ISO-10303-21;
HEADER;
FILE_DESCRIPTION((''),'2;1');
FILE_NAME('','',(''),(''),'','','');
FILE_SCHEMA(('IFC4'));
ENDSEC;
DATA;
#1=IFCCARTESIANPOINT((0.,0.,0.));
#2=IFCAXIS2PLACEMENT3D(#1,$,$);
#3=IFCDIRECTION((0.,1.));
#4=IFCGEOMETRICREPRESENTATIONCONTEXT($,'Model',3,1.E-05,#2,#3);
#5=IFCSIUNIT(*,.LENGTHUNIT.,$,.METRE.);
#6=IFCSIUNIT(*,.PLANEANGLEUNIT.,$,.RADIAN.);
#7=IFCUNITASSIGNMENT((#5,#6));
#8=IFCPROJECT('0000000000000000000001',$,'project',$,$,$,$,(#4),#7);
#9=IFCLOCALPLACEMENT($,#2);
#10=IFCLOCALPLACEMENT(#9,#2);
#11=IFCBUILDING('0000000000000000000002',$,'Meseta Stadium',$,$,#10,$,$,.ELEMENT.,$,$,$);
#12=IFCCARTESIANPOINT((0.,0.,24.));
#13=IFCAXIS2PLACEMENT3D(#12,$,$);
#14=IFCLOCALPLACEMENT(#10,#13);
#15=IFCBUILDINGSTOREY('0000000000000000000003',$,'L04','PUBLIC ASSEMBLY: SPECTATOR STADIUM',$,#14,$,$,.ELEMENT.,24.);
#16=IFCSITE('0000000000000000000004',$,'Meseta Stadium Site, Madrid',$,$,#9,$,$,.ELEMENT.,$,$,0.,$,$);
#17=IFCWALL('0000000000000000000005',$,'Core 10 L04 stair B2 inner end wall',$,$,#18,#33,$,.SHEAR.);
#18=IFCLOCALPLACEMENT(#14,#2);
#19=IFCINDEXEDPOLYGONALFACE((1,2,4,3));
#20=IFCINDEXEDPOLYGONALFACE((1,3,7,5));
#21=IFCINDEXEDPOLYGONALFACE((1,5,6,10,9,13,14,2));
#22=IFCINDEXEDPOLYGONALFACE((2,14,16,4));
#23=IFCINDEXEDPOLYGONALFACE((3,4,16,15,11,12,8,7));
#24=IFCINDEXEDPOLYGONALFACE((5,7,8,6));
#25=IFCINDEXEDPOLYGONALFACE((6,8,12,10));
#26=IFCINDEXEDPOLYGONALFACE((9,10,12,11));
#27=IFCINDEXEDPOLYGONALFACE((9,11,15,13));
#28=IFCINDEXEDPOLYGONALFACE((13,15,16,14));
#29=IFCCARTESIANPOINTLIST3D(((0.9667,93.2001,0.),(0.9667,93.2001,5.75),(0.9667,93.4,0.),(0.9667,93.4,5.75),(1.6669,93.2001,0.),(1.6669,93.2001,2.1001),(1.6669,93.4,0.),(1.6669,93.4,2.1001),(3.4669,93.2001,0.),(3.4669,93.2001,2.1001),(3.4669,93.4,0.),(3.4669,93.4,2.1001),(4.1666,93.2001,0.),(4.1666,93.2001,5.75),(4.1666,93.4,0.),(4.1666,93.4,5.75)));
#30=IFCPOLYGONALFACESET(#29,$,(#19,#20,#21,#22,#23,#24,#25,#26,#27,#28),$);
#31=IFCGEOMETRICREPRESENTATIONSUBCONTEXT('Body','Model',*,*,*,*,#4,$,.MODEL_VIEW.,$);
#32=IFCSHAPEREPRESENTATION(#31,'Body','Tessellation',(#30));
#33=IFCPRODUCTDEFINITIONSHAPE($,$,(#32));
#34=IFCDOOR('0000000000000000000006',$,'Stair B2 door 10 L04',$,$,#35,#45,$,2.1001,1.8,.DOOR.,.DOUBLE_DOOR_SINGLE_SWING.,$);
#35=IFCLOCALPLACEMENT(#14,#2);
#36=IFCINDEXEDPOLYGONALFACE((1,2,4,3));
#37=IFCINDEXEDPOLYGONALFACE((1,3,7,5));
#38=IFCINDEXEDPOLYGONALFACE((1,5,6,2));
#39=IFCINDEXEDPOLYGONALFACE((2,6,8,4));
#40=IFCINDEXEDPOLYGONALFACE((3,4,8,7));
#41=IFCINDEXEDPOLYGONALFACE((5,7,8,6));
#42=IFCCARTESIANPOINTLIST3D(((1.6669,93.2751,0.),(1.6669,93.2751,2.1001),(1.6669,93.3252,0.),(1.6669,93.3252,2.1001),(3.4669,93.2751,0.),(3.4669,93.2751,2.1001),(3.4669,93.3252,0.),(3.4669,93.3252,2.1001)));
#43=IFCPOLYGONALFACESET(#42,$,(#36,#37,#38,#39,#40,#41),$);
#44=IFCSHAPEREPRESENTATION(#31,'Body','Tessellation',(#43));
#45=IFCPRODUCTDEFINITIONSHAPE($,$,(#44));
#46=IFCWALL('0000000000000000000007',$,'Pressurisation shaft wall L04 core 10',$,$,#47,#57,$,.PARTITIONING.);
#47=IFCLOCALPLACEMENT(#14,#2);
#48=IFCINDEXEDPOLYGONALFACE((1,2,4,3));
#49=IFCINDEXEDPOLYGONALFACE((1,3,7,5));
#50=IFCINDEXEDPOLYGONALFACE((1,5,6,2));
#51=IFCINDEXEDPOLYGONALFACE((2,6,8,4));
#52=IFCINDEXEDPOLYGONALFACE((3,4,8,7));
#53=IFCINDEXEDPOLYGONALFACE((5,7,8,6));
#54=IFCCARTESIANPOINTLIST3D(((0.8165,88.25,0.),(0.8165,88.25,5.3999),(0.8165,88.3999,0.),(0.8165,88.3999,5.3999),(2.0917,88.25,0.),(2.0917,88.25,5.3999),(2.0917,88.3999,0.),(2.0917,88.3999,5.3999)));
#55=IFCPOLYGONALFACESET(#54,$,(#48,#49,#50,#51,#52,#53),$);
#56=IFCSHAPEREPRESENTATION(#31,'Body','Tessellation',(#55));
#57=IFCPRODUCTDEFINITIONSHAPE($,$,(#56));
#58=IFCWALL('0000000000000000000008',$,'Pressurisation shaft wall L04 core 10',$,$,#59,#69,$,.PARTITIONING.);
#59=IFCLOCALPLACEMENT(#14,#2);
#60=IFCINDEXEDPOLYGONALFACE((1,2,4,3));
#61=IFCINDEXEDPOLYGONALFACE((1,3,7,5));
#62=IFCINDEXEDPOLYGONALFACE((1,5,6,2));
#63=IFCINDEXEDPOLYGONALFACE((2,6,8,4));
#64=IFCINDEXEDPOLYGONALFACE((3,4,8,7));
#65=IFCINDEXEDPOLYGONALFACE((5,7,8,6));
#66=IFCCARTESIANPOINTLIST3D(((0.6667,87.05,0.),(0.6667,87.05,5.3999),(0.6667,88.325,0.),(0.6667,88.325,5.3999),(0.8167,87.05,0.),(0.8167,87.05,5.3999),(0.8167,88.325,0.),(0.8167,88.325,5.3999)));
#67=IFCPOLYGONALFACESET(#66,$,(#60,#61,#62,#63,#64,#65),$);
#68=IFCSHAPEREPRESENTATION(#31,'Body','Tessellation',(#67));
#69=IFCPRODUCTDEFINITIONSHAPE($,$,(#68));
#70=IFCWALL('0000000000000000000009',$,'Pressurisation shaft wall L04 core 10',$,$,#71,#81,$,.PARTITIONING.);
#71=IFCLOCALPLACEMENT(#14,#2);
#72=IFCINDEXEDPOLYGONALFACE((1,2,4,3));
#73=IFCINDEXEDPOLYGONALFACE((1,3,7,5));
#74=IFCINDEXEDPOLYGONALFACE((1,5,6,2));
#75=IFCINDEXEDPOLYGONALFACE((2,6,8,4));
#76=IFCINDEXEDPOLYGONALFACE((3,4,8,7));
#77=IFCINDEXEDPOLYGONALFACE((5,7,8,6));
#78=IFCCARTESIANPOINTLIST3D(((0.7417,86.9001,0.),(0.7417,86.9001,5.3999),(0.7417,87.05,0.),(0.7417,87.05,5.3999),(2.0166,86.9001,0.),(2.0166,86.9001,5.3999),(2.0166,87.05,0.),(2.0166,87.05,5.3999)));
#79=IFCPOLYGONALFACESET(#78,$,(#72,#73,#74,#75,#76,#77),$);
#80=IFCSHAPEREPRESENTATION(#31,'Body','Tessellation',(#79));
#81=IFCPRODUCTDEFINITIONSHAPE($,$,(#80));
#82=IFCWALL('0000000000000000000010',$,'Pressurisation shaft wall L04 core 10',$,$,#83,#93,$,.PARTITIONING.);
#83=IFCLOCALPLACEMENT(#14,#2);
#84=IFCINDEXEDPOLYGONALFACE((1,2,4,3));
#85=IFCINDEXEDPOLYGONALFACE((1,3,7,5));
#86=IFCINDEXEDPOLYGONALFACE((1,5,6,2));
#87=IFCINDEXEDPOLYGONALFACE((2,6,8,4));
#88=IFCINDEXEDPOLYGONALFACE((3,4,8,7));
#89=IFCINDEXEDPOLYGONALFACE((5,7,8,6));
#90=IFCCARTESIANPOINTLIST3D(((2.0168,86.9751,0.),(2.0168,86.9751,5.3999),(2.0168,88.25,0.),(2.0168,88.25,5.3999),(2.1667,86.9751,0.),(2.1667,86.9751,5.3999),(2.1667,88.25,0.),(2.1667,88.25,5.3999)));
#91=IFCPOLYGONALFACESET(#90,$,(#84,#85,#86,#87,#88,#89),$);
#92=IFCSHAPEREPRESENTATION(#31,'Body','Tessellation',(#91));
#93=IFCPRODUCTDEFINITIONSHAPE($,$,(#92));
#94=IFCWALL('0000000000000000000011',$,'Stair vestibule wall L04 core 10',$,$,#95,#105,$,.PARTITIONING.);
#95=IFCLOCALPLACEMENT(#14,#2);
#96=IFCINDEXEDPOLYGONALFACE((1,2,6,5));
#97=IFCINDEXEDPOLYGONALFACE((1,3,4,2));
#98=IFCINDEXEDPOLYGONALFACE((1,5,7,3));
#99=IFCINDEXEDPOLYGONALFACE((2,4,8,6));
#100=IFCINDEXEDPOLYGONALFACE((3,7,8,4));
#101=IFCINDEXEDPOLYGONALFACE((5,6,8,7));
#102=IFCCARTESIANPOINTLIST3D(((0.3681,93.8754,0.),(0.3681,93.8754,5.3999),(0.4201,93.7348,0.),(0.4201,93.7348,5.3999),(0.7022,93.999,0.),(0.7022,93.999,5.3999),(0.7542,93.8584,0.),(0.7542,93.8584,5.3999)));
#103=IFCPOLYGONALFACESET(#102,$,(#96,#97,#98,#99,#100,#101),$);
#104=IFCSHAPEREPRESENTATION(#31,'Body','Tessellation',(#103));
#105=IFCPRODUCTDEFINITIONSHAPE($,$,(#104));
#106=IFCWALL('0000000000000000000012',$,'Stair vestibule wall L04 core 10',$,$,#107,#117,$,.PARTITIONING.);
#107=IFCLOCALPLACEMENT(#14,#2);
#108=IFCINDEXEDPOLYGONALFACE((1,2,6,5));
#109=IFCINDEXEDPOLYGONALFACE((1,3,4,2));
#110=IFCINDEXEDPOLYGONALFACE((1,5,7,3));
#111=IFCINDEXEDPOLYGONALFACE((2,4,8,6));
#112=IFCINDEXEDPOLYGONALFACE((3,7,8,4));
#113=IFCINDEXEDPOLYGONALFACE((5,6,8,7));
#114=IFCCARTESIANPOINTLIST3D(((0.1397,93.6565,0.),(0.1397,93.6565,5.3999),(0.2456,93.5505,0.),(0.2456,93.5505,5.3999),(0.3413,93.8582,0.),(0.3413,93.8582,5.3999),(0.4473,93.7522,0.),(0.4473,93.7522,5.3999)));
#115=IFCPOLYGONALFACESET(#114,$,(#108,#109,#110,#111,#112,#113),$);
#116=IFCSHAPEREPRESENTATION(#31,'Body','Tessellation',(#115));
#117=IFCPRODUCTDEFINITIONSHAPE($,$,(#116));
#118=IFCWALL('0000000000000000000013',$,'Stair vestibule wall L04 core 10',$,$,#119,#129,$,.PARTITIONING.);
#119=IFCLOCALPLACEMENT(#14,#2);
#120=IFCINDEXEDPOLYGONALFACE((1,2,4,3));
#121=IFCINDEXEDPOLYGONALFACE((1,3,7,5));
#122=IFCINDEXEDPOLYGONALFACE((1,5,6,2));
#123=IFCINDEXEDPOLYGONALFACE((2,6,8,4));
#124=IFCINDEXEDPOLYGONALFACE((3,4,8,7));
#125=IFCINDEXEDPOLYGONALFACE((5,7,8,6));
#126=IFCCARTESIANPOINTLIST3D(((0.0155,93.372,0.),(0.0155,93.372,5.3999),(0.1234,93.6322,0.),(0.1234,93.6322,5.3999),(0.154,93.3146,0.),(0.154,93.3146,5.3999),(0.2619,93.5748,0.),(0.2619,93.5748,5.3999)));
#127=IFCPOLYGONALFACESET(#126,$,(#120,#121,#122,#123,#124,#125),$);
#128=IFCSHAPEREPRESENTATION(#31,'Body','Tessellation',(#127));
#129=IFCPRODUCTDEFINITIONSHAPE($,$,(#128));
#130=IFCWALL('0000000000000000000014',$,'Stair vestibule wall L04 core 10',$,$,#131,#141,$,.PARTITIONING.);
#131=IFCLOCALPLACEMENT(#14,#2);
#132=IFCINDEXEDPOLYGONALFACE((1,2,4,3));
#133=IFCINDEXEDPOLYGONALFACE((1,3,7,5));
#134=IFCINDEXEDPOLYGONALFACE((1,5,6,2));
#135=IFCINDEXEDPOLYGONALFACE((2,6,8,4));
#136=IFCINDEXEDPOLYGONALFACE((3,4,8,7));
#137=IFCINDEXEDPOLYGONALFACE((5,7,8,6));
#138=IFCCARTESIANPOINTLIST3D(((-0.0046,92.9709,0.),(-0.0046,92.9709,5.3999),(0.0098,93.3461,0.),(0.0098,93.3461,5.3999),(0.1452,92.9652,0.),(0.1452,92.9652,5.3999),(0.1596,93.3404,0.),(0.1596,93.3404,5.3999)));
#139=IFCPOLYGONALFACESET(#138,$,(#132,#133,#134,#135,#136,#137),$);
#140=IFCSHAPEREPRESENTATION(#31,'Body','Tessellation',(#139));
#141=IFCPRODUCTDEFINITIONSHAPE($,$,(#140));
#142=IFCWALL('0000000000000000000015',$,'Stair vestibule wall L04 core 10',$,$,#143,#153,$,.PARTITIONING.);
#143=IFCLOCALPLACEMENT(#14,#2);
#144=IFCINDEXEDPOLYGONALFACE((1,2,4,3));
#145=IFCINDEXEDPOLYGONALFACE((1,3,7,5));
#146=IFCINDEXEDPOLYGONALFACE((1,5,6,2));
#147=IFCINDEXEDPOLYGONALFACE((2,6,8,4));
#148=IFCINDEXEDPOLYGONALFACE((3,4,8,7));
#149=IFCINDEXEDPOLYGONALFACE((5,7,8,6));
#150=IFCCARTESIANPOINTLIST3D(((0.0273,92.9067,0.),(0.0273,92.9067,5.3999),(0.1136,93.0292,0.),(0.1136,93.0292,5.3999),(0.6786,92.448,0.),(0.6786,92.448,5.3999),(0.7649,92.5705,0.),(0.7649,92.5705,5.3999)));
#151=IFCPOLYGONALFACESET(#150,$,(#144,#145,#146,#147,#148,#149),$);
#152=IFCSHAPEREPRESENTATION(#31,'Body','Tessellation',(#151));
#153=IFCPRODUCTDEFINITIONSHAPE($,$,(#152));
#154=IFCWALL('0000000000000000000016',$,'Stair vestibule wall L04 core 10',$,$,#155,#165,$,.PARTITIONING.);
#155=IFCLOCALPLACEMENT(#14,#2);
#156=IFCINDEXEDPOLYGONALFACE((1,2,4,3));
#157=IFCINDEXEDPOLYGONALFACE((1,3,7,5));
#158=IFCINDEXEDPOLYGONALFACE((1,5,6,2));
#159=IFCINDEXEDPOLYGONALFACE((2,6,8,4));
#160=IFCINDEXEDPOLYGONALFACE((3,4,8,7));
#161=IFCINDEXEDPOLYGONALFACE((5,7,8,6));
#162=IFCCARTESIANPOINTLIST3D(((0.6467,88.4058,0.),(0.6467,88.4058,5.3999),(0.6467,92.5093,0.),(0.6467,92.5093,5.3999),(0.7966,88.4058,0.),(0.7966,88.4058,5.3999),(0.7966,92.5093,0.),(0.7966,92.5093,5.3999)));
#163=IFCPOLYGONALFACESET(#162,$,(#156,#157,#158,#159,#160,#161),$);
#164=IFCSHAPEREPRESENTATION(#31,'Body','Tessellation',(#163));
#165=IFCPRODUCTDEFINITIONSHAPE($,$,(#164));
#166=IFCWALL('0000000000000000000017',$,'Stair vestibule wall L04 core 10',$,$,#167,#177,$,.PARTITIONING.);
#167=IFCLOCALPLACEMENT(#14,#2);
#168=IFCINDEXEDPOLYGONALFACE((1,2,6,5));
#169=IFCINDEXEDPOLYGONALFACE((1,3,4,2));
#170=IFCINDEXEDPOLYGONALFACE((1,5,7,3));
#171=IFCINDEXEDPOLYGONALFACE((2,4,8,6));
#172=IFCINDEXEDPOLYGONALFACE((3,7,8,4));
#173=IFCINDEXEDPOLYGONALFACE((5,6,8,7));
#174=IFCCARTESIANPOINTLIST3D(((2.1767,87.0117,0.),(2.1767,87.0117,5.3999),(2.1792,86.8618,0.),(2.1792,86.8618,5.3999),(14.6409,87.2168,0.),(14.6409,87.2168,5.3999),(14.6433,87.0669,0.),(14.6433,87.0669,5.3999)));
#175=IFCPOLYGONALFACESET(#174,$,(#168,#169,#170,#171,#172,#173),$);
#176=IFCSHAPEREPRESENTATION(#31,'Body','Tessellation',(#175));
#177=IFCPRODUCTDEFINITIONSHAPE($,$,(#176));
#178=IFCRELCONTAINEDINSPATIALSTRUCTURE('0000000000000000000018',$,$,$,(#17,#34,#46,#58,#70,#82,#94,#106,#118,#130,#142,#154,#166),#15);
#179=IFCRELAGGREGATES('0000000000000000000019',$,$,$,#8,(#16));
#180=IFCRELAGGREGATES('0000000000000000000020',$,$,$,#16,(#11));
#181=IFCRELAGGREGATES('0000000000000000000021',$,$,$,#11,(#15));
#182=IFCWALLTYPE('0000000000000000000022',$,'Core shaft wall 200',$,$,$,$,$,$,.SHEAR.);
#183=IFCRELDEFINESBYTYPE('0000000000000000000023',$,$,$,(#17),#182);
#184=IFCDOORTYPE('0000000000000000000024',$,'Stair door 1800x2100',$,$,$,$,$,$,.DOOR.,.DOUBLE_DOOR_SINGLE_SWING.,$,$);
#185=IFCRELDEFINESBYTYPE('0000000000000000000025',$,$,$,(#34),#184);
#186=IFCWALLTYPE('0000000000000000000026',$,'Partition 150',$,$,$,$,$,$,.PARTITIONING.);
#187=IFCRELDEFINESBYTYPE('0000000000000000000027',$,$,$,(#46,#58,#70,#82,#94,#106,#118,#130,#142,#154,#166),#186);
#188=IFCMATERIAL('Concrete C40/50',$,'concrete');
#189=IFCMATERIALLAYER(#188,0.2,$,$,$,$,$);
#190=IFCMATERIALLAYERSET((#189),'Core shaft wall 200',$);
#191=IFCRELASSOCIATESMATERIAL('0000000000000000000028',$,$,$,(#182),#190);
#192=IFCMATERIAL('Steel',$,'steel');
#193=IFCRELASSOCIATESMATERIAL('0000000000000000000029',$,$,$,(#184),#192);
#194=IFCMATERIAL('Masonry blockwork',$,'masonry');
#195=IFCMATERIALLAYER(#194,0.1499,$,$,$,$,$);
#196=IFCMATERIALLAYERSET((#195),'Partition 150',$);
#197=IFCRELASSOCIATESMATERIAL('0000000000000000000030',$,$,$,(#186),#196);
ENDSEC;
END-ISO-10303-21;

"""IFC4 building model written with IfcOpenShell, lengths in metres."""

from ifc_helpers import new_model, si_unit, direction, frame, frame_2d, origin, place, context, subcontext, project, spatial, rectangle, extrude, material, layer, layer_set, type_object, element, fill, save


model = new_model("IFC4")

# Units and contexts
model_context = context("Model", 3, precision=1e-05, world=origin(), true_north=direction((0.0, 1.0)))
body_context = subcontext(model_context, "Body", "Model", "MODEL_VIEW")
ifc_project = project(units=[si_unit("LENGTHUNIT", "METRE"), si_unit("PLANEANGLEUNIT", "RADIAN")], contexts=[model_context])

# Site, building, storey
site_placement = place(None, origin())
site = spatial("IfcSite", under=ifc_project, at=site_placement, Name="Meseta Stadium Site, Madrid", CompositionType="ELEMENT", RefElevation=0.0)
building_placement = place(site_placement, origin())
building = spatial("IfcBuilding", under=site, at=building_placement, Name="Meseta Stadium", CompositionType="ELEMENT")
storey_placement = place(building_placement, frame((0.0, 0.0, 24.0)))
storey = spatial("IfcBuildingStorey", under=building, at=storey_placement, Name="L04", Description="PUBLIC ASSEMBLY: SPECTATOR STADIUM", CompositionType="ELEMENT", Elevation=24.0)

# Wall, opening, door
ifc_material_1 = material(Name="Concrete C40/50", Category="concrete")
ifc_layer_1 = layer(ifc_material_1, 0.2)
ifc_layer_set_1 = layer_set([ifc_layer_1], Name="Core shaft wall 200")
wall_type_1 = type_object("IfcWallType", Name="Core shaft wall 200", PredefinedType="SHEAR", material=ifc_layer_set_1)
wall_1_placement = place(storey_placement, frame((4.1667, 93.3, 0.0), z_axis=(0.0, 0.0, 1.0), x_axis=(-1.0, 0.0, 0.0)))
wall_1 = element("IfcWall", 1, at=wall_1_placement, inside=storey, type_object=wall_type_1, Name="Core 10 L04 stair B2 inner end wall", PredefinedType="SHEAR", context=body_context, shape_type="SweptSolid", body=[
    extrude(rectangle(XDim=3.2, YDim=0.2, at=frame_2d((1.6001, 0.0))), origin(), (0.0, 0.0, 1.0), 5.75),
])
opening_placement = place(wall_1_placement, frame((0.7, 0.0, 0.0)))
opening = element("IfcOpeningElement", 2, at=opening_placement, cuts=wall_1, PredefinedType="OPENING", context=body_context, shape_type="SweptSolid", body=[
    extrude(rectangle(XDim=1.8, YDim=2.1001, at=frame_2d((0.8999, 1.05))), frame((0.0, 0.1099, 0.0), z_axis=(0.0, -1.0, 0.0), x_axis=(1.0, 0.0, 0.0)), (0.0, 0.0, 1.0), 0.22),
])
ifc_material_2 = material(Name="Steel", Category="steel")
door_type = type_object("IfcDoorType", Name="Stair door 1800x2100", OperationType="DOUBLE_DOOR_SINGLE_SWING", PredefinedType="DOOR", material=ifc_material_2)
door_placement = place(opening_placement, origin())
door = element("IfcDoor", 3, at=door_placement, inside=storey, type_object=door_type, Name="Stair B2 door 10 L04", OperationType="DOUBLE_DOOR_SINGLE_SWING", OverallHeight=2.1001, OverallWidth=1.8, PredefinedType="DOOR", context=body_context, shape_type="SweptSolid", body=[
    extrude(rectangle(XDim=1.8, YDim=2.1001, at=frame_2d((0.8999, 1.05))), frame((0.0, 0.0249, 0.0), z_axis=(0.0, -1.0, 0.0), x_axis=(1.0, 0.0, 0.0)), (0.0, 0.0, 1.0), 0.05),
])
fill(opening, door)

# Walls
ifc_material_3 = material(Name="Masonry blockwork", Category="masonry")
ifc_layer_2 = layer(ifc_material_3, 0.1499)
ifc_layer_set_2 = layer_set([ifc_layer_2], Name="Partition 150")
wall_type_2 = type_object("IfcWallType", Name="Partition 150", PredefinedType="PARTITIONING", material=ifc_layer_set_2)
wall_2_placement = place(storey_placement, frame((2.0918, 88.325, 0.0), z_axis=(0.0, 0.0, 1.0), x_axis=(-1.0, 0.0, 0.0)))
element("IfcWall", 4, at=wall_2_placement, inside=storey, type_object=wall_type_2, Name="Pressurisation shaft wall L04 core 10", PredefinedType="PARTITIONING", context=body_context, shape_type="SweptSolid", body=[
    extrude(rectangle(XDim=1.2751, YDim=0.1499, at=frame_2d((0.6377, 0.0))), origin(), (0.0, 0.0, 1.0), 5.3999),
])
for number, where, z_axis, x_axis, name in (
    (5, (0.7417, 88.325, 0.0), (0.0, 0.0, 1.0), (0.0, -1.0, 0.0), "Pressurisation shaft wall L04 core 10"),
    (6, (0.7417, 86.9751, 0.0), (0.0, 0.0, 1.0), (1.0, 0.0, 0.0), "Pressurisation shaft wall L04 core 10"),
    (7, (2.0918, 86.9751, 0.0), (0.0, 0.0, 1.0), (0.0, 1.0, 0.0), "Pressurisation shaft wall L04 core 10"),
):
    element("IfcWall", number, at=place(storey_placement, frame(where, z_axis=z_axis, x_axis=x_axis)), inside=storey, type_object=wall_type_2, Name=name, PredefinedType="PARTITIONING", context=body_context, shape_type="SweptSolid", body=[
        extrude(rectangle(XDim=1.2749, YDim=0.1499, at=frame_2d((0.6375, 0.0))), origin(), (0.0, 0.0, 1.0), 5.3999),
    ])
wall_3_placement = place(storey_placement, frame((0.7283, 93.9287, 0.0), z_axis=(0.0, 0.0, 1.0), x_axis=(-0.937898, -0.346912, 0.0)))
element("IfcWall", 8, at=wall_3_placement, inside=storey, type_object=wall_type_2, Name="Stair vestibule wall L04 core 10", PredefinedType="PARTITIONING", context=body_context, shape_type="SweptSolid", body=[
    extrude(rectangle(XDim=0.3562, YDim=0.1499, at=frame_2d((0.1782, 0.0))), origin(), (0.0, 0.0, 1.0), 5.3999),
])
wall_4_placement = place(storey_placement, frame((0.3943, 93.8052, 0.0), z_axis=(0.0, 0.0, 1.0), x_axis=(-0.707107, -0.707107, 0.0)))
element("IfcWall", 9, at=wall_4_placement, inside=storey, type_object=wall_type_2, Name="Stair vestibule wall L04 core 10", PredefinedType="PARTITIONING", context=body_context, shape_type="SweptSolid", body=[
    extrude(rectangle(XDim=0.2852, YDim=0.1499, at=frame_2d((0.1426, 0.0))), origin(), (0.0, 0.0, 1.0), 5.3999),
])
wall_5_placement = place(storey_placement, frame((0.1926, 93.6035, 0.0), z_axis=(0.0, 0.0, 1.0), x_axis=(-0.383015, -0.923742, 0.0)))
element("IfcWall", 10, at=wall_5_placement, inside=storey, type_object=wall_type_2, Name="Stair vestibule wall L04 core 10", PredefinedType="PARTITIONING", context=body_context, shape_type="SweptSolid", body=[
    extrude(rectangle(XDim=0.2817, YDim=0.1499, at=frame_2d((0.1409, 0.0))), origin(), (0.0, 0.0, 1.0), 5.3999),
])
wall_6_placement = place(storey_placement, frame((0.0847, 93.3433, 0.0), z_axis=(0.0, 0.0, 1.0), x_axis=(-0.038358, -0.999264, 0.0)))
element("IfcWall", 11, at=wall_6_placement, inside=storey, type_object=wall_type_2, Name="Stair vestibule wall L04 core 10", PredefinedType="PARTITIONING", context=body_context, shape_type="SweptSolid", body=[
    extrude(rectangle(XDim=0.3755, YDim=0.1499, at=frame_2d((0.1877, 0.0))), origin(), (0.0, 0.0, 1.0), 5.3999),
])
wall_7_placement = place(storey_placement, frame((0.0703, 92.968, 0.0), z_axis=(0.0, 0.0, 1.0), x_axis=(0.817587, -0.575805, 0.0)))
element("IfcWall", 12, at=wall_7_placement, inside=storey, type_object=wall_type_2, Name="Stair vestibule wall L04 core 10", PredefinedType="PARTITIONING", context=body_context, shape_type="SweptSolid", body=[
    extrude(rectangle(XDim=0.7966, YDim=0.1499, at=frame_2d((0.3984, 0.0))), origin(), (0.0, 0.0, 1.0), 5.3999),
])
wall_8_placement = place(storey_placement, frame((0.7217, 92.5093, 0.0), z_axis=(0.0, 0.0, 1.0), x_axis=(0.0, -1.0, 0.0)))
element("IfcWall", 13, at=wall_8_placement, inside=storey, type_object=wall_type_2, Name="Stair vestibule wall L04 core 10", PredefinedType="PARTITIONING", context=body_context, shape_type="SweptSolid", body=[
    extrude(rectangle(XDim=4.1035, YDim=0.1499, at=frame_2d((2.0518, 0.0))), origin(), (0.0, 0.0, 1.0), 5.3999),
])
wall_9_placement = place(storey_placement, frame((2.178, 86.9368, 0.0), z_axis=(0.0, 0.0, 1.0), x_axis=(0.999865, 0.016451, 0.0)))
element("IfcWall", 14, at=wall_9_placement, inside=storey, type_object=wall_type_2, Name="Stair vestibule wall L04 core 10", PredefinedType="PARTITIONING", context=body_context, shape_type="SweptSolid", body=[
    extrude(rectangle(XDim=12.4658, YDim=0.1499, at=frame_2d((6.2329, 0.0))), origin(), (0.0, 0.0, 1.0), 5.3999),
])

save(model, "model.ifc")
